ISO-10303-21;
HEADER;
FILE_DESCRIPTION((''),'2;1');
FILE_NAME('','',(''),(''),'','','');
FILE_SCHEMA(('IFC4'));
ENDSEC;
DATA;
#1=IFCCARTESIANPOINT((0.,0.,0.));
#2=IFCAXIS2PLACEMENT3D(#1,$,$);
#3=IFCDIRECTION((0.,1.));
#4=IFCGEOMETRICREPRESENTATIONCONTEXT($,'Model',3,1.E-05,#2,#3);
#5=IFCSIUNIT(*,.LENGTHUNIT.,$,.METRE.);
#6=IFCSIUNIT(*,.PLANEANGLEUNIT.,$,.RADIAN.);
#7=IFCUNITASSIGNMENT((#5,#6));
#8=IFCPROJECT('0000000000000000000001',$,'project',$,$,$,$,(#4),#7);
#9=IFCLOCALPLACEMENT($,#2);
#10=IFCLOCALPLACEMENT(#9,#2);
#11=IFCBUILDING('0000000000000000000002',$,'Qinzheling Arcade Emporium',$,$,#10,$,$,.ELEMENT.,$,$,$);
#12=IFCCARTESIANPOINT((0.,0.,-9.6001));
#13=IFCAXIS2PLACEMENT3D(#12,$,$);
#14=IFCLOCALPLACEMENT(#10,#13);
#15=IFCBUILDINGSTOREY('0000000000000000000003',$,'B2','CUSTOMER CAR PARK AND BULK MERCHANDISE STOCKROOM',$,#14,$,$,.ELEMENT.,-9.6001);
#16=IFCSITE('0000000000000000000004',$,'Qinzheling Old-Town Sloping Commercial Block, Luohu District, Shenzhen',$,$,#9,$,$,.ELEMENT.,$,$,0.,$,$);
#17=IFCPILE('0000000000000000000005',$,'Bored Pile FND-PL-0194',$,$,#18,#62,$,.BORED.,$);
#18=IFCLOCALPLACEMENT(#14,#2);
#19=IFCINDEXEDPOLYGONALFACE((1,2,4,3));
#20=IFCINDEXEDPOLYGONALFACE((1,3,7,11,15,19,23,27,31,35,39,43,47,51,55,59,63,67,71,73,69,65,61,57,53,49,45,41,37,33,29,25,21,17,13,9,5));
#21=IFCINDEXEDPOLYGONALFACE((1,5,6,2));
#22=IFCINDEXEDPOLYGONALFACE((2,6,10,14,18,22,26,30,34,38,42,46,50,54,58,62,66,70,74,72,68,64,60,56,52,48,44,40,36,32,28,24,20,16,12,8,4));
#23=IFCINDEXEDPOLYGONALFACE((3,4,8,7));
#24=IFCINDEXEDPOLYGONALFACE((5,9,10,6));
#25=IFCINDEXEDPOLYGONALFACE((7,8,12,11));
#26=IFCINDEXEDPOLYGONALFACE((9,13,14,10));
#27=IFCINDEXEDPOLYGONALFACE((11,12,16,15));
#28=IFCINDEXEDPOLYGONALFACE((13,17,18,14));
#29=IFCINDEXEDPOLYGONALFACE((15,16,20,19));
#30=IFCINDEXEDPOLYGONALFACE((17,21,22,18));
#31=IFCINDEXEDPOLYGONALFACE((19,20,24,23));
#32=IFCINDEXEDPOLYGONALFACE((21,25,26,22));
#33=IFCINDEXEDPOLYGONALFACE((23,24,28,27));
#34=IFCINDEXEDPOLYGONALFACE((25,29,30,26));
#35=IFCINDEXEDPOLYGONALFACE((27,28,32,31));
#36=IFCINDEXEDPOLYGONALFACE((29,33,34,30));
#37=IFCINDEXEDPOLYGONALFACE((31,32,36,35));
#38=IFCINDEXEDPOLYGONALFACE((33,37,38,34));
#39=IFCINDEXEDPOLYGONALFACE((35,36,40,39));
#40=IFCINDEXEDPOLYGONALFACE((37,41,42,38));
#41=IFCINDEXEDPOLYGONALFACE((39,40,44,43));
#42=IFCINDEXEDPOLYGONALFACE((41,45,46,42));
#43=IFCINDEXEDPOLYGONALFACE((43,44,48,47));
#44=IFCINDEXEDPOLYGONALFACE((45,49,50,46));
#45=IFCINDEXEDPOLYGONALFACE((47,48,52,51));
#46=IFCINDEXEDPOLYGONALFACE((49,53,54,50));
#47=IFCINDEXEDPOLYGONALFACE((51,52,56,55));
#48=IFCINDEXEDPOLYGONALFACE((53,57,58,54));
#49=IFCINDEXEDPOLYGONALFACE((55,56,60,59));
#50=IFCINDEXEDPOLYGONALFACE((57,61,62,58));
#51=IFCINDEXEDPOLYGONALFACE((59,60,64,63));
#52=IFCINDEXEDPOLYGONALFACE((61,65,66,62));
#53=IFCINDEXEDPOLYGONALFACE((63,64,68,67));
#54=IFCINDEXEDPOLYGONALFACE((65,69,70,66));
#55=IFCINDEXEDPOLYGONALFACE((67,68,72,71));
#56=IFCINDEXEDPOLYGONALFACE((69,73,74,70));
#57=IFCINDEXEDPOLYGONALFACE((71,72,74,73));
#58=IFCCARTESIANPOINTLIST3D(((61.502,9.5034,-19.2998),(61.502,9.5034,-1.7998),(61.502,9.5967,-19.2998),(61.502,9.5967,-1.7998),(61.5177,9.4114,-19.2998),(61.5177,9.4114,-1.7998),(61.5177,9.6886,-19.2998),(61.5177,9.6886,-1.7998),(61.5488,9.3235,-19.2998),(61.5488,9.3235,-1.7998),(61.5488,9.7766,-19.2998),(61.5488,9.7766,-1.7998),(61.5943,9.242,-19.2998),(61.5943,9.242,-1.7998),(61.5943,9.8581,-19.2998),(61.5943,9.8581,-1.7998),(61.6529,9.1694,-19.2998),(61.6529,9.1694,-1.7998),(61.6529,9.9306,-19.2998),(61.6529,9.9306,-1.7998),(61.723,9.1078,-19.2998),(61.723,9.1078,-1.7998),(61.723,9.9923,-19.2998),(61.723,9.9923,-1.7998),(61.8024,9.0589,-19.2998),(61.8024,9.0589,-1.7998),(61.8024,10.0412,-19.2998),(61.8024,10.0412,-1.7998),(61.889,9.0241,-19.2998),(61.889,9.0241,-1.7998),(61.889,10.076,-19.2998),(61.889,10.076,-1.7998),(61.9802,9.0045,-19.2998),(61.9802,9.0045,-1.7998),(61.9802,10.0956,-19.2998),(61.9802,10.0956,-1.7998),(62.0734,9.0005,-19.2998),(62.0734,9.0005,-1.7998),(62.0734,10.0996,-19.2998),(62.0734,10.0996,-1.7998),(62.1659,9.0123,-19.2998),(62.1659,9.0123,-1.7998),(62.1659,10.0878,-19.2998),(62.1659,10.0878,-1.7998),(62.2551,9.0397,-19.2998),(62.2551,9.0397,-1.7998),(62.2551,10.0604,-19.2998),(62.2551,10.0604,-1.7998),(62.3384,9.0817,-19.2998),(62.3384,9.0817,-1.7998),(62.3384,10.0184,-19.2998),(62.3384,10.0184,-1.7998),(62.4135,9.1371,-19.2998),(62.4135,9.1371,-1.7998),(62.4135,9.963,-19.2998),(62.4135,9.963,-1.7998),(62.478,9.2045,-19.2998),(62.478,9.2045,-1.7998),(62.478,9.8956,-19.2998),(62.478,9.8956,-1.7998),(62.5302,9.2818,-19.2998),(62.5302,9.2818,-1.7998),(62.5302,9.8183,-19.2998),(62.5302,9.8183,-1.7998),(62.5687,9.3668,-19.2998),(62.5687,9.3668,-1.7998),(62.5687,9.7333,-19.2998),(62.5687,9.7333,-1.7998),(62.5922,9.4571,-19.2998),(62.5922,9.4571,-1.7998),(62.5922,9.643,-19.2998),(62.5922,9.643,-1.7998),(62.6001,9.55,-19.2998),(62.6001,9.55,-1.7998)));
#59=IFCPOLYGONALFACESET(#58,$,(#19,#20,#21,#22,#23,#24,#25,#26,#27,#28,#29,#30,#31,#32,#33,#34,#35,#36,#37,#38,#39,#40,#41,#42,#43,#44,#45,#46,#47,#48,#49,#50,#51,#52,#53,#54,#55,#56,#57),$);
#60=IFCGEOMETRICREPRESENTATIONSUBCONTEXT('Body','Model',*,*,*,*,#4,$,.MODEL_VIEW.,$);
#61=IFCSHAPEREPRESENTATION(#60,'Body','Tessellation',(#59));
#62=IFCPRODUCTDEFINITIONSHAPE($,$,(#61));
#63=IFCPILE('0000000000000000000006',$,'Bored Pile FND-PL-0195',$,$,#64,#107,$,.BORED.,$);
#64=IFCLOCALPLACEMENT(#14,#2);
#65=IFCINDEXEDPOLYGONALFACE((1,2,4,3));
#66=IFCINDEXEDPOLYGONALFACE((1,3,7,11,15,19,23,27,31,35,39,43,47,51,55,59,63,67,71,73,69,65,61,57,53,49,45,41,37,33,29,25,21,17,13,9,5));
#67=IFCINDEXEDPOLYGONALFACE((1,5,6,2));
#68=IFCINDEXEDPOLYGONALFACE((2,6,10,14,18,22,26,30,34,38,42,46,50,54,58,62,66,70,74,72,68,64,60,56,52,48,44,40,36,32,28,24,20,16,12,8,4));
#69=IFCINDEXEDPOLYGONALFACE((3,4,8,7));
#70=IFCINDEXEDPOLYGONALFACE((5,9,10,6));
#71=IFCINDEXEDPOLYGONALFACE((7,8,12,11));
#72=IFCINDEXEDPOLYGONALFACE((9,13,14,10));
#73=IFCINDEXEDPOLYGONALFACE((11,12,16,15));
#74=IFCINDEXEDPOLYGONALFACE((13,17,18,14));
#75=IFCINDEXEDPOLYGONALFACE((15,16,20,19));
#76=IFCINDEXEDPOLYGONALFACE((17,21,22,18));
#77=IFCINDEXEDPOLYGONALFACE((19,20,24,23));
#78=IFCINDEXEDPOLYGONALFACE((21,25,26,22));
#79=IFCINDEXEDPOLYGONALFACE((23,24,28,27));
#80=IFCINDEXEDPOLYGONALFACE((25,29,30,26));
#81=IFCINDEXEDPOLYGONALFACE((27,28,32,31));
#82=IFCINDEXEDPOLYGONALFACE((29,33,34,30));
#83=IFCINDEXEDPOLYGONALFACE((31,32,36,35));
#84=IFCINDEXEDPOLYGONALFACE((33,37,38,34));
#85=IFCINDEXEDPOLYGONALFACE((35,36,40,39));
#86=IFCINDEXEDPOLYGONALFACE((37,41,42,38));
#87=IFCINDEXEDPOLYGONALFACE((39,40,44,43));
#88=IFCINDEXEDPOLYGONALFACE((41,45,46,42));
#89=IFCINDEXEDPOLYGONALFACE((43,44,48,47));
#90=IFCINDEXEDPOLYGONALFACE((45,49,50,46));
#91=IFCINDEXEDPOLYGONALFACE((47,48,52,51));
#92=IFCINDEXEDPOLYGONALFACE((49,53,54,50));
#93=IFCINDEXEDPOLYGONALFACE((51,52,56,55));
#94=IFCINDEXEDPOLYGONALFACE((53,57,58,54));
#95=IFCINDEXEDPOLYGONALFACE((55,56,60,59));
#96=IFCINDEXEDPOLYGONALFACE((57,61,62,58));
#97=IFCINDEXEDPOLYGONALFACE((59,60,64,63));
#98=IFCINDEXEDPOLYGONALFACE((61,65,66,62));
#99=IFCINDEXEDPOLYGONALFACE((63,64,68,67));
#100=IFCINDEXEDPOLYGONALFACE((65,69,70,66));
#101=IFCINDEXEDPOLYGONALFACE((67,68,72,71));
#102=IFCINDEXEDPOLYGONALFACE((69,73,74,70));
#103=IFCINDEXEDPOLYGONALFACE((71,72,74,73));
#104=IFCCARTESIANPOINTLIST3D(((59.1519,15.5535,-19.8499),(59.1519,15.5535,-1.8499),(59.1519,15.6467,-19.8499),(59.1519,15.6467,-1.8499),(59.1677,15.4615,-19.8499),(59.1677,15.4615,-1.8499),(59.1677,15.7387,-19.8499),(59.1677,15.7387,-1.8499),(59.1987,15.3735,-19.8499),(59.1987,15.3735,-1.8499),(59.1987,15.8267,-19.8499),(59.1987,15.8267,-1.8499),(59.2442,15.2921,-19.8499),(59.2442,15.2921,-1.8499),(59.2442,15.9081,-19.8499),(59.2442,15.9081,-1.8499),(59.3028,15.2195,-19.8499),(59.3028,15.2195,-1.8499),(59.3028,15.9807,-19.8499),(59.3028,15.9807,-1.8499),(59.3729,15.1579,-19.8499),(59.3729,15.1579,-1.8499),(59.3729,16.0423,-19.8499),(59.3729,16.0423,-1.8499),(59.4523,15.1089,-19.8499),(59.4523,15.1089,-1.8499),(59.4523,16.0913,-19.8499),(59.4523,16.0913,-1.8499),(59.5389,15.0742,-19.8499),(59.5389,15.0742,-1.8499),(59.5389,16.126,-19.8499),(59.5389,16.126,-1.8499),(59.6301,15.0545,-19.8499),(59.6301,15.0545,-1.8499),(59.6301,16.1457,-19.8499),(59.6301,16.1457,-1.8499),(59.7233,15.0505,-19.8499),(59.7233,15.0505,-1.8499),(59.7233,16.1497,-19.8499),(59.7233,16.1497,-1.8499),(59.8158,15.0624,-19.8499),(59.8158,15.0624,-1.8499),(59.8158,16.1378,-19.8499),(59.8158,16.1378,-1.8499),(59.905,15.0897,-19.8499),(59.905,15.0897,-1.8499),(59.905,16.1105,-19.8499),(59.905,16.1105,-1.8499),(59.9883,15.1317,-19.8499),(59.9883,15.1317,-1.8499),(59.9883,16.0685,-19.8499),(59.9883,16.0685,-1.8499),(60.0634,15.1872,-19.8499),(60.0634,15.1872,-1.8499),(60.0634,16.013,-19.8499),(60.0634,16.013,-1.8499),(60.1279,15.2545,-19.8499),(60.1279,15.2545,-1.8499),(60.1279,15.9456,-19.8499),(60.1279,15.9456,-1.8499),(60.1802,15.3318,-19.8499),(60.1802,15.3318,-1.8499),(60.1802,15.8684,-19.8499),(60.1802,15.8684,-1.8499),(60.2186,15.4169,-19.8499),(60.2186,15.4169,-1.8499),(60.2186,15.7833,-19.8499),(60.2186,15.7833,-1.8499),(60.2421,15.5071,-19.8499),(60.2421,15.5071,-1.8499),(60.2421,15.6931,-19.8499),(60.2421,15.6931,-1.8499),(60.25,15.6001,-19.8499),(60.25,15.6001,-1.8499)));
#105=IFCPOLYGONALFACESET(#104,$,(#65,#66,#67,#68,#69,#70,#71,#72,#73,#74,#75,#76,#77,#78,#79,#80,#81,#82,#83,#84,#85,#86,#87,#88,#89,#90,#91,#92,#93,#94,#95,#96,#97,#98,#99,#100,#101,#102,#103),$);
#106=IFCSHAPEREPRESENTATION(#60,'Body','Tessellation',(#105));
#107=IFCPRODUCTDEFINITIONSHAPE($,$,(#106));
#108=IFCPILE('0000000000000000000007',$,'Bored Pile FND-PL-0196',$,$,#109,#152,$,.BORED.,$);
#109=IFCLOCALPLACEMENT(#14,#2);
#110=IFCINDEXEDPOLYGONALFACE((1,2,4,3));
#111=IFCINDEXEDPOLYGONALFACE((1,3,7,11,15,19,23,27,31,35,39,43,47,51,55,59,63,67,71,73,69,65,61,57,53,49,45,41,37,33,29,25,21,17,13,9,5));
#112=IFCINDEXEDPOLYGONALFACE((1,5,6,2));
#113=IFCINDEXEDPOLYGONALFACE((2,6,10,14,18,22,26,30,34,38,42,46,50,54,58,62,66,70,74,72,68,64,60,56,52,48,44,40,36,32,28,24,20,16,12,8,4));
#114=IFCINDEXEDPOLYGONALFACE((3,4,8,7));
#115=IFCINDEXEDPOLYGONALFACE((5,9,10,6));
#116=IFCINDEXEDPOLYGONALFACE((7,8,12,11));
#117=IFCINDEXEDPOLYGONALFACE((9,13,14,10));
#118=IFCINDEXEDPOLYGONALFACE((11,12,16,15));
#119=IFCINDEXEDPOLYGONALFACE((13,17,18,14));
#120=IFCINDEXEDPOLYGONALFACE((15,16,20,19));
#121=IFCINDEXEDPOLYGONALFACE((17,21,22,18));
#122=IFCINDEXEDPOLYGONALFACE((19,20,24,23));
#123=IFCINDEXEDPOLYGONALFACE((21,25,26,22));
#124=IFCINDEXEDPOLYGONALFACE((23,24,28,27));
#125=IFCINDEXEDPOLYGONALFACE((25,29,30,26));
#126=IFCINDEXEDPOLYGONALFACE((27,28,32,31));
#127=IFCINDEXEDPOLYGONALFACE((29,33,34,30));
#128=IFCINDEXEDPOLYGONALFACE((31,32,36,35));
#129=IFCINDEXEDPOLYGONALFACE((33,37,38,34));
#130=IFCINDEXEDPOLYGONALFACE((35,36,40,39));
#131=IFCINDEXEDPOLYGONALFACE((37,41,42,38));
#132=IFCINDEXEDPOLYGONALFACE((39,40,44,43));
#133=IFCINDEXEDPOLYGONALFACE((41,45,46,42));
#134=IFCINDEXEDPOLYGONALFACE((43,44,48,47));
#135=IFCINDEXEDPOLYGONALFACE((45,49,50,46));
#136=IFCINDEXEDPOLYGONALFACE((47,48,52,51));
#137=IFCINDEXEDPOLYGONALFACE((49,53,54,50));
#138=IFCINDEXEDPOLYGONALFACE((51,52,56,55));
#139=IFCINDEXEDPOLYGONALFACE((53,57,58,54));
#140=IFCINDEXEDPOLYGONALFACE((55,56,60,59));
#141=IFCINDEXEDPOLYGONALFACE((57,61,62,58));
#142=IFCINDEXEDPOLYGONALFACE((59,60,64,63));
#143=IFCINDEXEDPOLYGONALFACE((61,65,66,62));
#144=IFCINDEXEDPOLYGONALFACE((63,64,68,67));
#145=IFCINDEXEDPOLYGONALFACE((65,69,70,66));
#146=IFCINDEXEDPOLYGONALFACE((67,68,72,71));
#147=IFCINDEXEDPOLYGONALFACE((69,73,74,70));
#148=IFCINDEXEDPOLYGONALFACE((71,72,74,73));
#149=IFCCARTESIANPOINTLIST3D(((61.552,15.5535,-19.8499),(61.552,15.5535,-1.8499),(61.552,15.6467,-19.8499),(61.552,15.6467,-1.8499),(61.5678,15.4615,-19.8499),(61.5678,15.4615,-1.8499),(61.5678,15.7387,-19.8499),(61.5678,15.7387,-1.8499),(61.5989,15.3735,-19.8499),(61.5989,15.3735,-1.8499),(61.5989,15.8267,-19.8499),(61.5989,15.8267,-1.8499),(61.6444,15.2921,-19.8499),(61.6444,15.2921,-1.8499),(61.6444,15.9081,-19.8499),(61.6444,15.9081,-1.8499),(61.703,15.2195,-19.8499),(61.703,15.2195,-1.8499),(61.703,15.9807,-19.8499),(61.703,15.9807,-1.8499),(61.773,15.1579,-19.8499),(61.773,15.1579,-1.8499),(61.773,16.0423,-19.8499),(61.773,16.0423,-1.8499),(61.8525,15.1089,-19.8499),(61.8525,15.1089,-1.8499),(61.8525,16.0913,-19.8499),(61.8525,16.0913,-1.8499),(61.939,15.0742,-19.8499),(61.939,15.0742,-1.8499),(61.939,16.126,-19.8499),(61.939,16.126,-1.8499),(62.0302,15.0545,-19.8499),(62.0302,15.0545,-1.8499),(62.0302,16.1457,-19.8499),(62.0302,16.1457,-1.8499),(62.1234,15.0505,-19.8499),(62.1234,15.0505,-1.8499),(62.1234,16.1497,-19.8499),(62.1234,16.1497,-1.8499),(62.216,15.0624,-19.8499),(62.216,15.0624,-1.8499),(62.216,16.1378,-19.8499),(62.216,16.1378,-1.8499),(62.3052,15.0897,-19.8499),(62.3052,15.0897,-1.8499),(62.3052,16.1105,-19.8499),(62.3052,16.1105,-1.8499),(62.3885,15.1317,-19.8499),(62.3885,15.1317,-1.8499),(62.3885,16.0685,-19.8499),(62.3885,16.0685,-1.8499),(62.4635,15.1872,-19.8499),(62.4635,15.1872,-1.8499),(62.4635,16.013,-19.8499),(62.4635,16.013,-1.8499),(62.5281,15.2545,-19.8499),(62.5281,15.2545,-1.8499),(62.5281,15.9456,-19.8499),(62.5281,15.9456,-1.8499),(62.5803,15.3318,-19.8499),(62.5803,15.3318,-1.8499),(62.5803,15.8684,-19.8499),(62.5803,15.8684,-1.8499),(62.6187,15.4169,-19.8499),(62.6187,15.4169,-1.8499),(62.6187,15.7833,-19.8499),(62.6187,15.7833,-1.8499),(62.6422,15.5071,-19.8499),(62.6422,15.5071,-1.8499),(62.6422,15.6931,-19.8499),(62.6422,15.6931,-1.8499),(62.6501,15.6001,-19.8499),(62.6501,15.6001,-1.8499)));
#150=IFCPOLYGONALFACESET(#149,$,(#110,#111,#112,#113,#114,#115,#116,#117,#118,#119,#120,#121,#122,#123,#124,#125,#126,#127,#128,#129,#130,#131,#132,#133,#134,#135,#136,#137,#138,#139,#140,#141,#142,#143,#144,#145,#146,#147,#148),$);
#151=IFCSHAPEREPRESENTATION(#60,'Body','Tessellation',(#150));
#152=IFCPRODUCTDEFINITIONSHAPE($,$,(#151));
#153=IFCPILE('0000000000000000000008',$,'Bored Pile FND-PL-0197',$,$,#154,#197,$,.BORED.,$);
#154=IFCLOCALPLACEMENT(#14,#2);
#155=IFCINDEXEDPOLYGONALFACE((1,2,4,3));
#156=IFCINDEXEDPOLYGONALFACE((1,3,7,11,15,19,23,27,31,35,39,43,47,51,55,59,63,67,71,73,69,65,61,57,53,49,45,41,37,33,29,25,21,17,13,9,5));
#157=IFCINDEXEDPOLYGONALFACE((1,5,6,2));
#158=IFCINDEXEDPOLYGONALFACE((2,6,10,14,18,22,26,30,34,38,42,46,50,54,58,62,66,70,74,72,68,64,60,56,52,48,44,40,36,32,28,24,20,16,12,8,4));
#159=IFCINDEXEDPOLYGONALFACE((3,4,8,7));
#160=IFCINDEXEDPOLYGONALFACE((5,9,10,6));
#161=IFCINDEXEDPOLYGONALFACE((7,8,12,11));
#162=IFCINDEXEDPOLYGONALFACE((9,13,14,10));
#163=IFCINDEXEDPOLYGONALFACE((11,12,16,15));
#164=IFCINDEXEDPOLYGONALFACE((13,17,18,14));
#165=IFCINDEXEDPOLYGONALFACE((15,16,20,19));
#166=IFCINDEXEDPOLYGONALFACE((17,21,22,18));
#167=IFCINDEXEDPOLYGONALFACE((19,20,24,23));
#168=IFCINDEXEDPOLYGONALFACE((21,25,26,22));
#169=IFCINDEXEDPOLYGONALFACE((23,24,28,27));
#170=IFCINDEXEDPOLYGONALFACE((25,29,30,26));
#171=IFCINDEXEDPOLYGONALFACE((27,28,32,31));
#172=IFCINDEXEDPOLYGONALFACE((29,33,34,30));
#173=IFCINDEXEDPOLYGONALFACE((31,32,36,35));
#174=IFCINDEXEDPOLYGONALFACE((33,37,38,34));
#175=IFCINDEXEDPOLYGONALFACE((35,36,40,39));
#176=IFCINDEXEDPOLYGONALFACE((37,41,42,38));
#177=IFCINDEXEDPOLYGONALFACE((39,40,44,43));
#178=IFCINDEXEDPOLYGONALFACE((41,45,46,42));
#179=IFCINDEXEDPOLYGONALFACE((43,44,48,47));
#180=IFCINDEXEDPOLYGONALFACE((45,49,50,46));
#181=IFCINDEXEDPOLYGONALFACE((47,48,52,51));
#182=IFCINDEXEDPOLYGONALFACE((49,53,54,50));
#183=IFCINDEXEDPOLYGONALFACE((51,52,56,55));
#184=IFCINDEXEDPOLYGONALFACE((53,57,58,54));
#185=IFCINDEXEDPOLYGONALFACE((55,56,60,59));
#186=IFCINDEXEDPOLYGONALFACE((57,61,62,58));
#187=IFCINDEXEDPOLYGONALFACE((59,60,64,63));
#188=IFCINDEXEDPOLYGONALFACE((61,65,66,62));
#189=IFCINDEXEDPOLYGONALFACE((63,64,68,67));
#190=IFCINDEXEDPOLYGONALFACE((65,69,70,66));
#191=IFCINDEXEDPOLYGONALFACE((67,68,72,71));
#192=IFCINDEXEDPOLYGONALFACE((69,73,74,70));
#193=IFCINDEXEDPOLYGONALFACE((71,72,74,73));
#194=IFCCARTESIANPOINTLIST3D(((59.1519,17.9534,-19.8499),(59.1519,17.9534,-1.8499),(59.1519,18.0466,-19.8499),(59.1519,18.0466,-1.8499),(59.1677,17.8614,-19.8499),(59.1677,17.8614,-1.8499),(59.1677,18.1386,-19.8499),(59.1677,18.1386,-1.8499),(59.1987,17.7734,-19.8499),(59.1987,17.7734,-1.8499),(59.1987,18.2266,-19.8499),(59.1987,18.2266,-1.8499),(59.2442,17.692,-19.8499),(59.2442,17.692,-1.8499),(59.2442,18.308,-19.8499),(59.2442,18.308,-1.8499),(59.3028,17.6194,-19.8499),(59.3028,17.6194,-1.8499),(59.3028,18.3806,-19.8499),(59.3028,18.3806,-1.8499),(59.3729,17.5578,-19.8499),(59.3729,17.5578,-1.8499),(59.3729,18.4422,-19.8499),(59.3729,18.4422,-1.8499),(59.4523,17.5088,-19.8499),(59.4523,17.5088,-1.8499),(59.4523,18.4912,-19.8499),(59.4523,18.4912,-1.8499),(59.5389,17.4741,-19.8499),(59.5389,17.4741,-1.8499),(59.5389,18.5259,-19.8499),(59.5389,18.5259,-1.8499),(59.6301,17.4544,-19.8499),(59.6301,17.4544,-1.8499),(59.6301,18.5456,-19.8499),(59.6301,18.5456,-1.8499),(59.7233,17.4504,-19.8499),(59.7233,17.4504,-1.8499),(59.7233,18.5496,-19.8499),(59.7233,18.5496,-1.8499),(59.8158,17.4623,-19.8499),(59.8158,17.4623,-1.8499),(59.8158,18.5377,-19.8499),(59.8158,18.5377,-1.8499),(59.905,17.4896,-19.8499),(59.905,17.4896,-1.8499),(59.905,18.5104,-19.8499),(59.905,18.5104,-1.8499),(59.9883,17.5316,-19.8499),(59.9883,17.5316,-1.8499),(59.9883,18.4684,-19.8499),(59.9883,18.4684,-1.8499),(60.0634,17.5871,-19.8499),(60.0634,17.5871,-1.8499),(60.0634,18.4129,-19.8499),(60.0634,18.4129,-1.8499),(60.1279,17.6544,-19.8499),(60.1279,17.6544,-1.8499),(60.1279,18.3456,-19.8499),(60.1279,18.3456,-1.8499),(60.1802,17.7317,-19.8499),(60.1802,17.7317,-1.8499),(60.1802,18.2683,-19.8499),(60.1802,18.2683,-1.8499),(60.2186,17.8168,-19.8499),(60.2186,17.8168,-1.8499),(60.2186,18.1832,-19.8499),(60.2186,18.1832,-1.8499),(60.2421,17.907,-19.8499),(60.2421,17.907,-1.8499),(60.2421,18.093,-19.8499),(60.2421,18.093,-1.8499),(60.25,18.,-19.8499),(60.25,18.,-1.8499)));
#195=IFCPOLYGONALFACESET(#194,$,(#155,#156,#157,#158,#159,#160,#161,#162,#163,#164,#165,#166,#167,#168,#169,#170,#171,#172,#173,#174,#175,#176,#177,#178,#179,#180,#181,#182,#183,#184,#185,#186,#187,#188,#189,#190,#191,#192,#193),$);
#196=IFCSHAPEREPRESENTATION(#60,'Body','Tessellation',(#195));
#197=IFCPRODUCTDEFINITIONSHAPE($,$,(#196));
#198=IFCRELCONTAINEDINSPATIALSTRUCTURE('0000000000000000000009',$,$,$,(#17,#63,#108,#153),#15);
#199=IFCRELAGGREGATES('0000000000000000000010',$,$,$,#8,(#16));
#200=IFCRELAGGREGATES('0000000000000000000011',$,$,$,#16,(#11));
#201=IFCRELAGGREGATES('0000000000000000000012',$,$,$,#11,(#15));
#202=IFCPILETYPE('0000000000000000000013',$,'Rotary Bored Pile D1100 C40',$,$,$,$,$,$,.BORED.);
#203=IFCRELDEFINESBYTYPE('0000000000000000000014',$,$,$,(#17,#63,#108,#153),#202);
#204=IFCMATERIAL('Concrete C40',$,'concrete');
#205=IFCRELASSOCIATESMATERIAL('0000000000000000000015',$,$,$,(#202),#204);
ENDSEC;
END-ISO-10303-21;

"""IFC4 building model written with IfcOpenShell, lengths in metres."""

from ifc_helpers import new_model, si_unit, direction, frame, origin, origin_2d, place, context, subcontext, project, spatial, circle, extrude, material, material_profile, profile_set, type_object, element, save


model = new_model("IFC4")

# Units and contexts
model_context = context("Model", 3, precision=1e-05, world=origin(), true_north=direction((0.0, 1.0)))
body_context = subcontext(model_context, "Body", "Model", "MODEL_VIEW")
ifc_project = project(units=[si_unit("LENGTHUNIT", "METRE"), si_unit("PLANEANGLEUNIT", "RADIAN")], contexts=[model_context])

# Site, building, storey
site_placement = place(None, origin())
site = spatial("IfcSite", under=ifc_project, at=site_placement, Name="Qinzheling Old-Town Sloping Commercial Block, Luohu District, Shenzhen", CompositionType="ELEMENT", RefElevation=0.0)
building_placement = place(site_placement, origin())
building = spatial("IfcBuilding", under=site, at=building_placement, Name="Qinzheling Arcade Emporium", CompositionType="ELEMENT")
storey_placement = place(building_placement, frame((0.0, 0.0, -9.6001)))
storey = spatial("IfcBuildingStorey", under=building, at=storey_placement, Name="B2", Description="CUSTOMER CAR PARK AND BULK MERCHANDISE STOCKROOM", CompositionType="ELEMENT", Elevation=-9.6001)

# Shared definitions
ifc_material_1 = material(Name="Concrete C40", Category="concrete")

# Piles
ifc_material_profile_1 = material_profile(ifc_material_1, circle(Radius=0.55, at=origin_2d()), Name="BORED D1100", Category="concrete")
ifc_profile_set_1 = profile_set([ifc_material_profile_1], Name="Concrete C40")
pile_type = type_object("IfcPileType", Name="Rotary Bored Pile D1100 C40", PredefinedType="BORED", material=ifc_profile_set_1)
for number, where, z_axis, x_axis, name in (
    (1, (62.05, 9.55, -1.7998), (0.0, 0.0, -1.0), (1.0, 0.0, 0.0), "Bored Pile FND-PL-0194"),
):
    element("IfcPile", number, at=place(storey_placement, frame(where, z_axis=z_axis, x_axis=x_axis)), inside=storey, type_object=pile_type, Name=name, PredefinedType="BORED", context=body_context, shape_type="SweptSolid", body=[
        extrude(circle(Radius=0.55, at=origin_2d()), origin(), (0.0, 0.0, 1.0), 17.5),
    ])
for number, where, z_axis, x_axis, name in (
    (2, (59.7, 15.6001, -1.8499), (0.0, 0.0, -1.0), (1.0, 0.0, 0.0), "Bored Pile FND-PL-0195"),
    (3, (62.1001, 15.6001, -1.8499), (0.0, 0.0, -1.0), (1.0, 0.0, 0.0), "Bored Pile FND-PL-0196"),
    (4, (59.7, 18.0, -1.8499), (0.0, 0.0, -1.0), (1.0, 0.0, 0.0), "Bored Pile FND-PL-0197"),
):
    element("IfcPile", number, at=place(storey_placement, frame(where, z_axis=z_axis, x_axis=x_axis)), inside=storey, type_object=pile_type, Name=name, PredefinedType="BORED", context=body_context, shape_type="SweptSolid", body=[
        extrude(circle(Radius=0.55, at=origin_2d()), origin(), (0.0, 0.0, 1.0), 18.0),
    ])

save(model, "model.ifc")
